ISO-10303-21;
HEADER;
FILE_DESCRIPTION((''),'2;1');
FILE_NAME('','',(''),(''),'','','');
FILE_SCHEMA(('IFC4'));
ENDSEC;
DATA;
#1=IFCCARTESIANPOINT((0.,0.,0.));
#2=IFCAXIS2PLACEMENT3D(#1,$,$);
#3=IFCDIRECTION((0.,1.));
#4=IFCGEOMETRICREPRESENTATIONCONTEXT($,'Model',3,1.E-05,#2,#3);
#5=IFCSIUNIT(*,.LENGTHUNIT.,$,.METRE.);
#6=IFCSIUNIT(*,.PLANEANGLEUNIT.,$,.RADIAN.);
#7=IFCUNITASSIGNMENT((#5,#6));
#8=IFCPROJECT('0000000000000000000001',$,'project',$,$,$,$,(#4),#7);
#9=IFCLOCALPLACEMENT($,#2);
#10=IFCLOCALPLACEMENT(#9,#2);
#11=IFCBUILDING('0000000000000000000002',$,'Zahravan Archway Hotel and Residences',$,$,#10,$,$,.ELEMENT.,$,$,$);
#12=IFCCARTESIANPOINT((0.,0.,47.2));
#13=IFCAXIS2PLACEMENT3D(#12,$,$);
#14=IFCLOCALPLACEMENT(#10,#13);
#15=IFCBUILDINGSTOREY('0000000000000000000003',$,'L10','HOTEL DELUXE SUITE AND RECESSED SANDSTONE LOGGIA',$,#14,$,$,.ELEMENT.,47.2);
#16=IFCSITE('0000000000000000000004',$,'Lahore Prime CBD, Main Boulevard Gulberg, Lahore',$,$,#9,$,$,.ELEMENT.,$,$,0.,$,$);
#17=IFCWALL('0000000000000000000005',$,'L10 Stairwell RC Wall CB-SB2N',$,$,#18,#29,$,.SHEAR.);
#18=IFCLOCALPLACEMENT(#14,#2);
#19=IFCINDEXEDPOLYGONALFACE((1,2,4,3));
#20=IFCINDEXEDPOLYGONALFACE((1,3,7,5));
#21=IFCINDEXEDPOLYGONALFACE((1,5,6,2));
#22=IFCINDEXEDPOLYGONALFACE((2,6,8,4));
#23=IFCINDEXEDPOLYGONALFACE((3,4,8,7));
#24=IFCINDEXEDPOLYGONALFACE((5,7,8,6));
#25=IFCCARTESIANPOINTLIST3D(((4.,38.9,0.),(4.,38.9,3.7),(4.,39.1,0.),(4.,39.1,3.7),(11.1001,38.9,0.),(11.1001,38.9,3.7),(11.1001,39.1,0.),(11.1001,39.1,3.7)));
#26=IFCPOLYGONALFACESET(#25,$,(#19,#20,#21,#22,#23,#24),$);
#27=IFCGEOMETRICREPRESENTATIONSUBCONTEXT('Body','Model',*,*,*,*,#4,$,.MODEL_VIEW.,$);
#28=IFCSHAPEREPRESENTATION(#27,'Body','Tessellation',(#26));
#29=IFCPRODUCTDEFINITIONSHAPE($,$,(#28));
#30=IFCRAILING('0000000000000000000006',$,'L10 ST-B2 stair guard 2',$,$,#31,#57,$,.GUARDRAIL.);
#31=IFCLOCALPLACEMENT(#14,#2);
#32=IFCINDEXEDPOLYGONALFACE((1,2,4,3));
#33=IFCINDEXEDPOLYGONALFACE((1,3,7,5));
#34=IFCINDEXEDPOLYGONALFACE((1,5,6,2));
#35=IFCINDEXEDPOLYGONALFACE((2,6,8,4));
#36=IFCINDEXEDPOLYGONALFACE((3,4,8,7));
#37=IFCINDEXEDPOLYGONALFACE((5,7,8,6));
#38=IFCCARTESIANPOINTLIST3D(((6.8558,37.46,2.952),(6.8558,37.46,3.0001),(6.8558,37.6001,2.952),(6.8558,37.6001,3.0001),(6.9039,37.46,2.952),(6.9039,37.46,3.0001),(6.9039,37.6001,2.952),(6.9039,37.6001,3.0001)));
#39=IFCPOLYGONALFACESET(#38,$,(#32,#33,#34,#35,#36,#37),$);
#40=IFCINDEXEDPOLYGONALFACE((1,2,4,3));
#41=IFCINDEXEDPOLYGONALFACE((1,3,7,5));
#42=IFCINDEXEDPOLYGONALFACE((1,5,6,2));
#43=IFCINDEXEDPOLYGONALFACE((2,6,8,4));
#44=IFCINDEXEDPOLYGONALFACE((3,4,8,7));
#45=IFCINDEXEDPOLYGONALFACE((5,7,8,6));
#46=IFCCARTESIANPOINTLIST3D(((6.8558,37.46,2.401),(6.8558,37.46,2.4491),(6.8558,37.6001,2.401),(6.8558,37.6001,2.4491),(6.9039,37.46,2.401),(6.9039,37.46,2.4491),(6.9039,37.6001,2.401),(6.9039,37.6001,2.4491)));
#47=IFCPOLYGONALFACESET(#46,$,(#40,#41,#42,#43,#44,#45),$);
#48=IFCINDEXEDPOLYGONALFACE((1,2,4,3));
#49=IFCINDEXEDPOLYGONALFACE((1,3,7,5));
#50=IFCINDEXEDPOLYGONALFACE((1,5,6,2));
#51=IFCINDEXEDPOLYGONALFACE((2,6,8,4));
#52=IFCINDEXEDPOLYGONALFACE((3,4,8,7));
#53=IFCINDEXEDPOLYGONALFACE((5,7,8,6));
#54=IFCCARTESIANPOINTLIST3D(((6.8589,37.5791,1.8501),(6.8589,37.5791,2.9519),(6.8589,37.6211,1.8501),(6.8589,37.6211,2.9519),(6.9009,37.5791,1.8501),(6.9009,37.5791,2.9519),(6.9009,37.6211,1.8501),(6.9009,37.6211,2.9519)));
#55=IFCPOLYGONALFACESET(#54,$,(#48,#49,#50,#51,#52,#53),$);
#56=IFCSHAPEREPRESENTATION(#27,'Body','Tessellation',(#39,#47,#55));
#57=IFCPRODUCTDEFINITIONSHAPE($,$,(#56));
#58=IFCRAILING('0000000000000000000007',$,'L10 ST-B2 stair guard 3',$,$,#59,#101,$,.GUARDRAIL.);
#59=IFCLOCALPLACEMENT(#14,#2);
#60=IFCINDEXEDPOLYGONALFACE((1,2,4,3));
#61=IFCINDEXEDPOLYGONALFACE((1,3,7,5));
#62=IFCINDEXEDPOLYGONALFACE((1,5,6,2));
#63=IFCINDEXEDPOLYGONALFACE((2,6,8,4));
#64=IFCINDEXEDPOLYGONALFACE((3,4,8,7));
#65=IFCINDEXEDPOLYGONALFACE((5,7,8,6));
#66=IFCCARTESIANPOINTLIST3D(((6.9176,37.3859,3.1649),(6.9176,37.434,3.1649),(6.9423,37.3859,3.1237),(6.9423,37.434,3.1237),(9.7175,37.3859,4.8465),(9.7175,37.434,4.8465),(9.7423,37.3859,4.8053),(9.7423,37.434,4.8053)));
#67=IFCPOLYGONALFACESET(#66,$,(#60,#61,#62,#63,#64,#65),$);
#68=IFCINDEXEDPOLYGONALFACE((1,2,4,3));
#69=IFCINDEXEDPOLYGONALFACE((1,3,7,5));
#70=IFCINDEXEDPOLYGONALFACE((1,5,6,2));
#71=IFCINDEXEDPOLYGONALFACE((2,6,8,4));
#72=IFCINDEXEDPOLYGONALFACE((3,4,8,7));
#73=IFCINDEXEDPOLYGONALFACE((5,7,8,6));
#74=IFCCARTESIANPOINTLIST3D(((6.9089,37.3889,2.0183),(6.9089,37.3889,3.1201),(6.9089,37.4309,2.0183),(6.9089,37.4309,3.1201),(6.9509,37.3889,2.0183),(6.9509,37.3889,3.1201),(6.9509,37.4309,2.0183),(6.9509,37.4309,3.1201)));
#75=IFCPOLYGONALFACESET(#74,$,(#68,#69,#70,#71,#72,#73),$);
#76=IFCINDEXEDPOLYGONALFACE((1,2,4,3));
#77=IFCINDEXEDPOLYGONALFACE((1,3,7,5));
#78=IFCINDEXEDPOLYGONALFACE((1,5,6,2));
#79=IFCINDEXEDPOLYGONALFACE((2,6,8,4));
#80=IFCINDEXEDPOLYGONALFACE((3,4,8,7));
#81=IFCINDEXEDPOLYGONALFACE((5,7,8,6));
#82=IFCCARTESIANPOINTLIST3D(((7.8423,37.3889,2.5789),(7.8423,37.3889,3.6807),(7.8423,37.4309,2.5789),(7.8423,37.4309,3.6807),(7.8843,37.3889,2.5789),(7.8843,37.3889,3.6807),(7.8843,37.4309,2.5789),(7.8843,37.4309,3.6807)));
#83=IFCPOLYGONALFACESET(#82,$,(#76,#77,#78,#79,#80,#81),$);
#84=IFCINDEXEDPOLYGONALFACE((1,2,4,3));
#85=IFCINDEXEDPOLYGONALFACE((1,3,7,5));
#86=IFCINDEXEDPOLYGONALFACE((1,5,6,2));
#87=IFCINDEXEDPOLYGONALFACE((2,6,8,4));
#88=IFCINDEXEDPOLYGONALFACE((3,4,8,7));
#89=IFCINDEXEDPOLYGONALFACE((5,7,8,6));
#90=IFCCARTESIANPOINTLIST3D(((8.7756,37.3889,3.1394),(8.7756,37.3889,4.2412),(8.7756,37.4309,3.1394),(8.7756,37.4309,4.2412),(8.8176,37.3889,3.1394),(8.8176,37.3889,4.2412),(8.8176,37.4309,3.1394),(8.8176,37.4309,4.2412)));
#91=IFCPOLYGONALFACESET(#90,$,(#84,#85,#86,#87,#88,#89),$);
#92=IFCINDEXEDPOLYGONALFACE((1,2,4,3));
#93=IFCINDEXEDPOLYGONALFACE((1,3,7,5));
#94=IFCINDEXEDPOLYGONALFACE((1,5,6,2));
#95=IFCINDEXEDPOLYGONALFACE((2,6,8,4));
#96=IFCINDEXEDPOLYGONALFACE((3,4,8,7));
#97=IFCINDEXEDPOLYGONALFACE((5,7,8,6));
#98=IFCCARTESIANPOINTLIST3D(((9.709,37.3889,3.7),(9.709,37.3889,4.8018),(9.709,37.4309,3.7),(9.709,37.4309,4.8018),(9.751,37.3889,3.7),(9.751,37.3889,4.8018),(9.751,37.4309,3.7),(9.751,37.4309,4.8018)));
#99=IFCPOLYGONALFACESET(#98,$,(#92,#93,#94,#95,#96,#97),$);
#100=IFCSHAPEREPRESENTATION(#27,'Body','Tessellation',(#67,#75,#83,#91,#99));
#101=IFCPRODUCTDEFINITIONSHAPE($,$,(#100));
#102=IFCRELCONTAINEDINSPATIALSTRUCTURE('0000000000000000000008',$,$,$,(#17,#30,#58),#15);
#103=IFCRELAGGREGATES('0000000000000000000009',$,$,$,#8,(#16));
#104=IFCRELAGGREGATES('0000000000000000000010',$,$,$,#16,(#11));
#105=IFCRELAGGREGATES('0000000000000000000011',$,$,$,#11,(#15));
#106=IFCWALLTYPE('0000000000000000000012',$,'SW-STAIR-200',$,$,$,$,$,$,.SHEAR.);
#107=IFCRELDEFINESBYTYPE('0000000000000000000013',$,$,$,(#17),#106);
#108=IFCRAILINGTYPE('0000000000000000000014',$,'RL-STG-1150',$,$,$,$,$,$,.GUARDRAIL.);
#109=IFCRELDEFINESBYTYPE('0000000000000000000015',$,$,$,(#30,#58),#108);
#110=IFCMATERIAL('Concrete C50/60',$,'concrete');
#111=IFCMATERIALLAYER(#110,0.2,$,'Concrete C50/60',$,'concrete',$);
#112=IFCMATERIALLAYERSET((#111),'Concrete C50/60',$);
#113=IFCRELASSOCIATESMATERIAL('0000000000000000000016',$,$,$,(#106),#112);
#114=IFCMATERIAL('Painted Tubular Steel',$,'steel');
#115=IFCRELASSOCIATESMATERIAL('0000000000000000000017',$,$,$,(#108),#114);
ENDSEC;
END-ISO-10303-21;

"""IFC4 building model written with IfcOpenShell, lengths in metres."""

from ifc_helpers import new_model, si_unit, direction, frame, frame_2d, origin, origin_2d, place, context, subcontext, project, spatial, rectangle, extrude, material, layer, layer_set, type_object, element, save


model = new_model("IFC4")

# Units and contexts
model_context = context("Model", 3, precision=1e-05, world=origin(), true_north=direction((0.0, 1.0)))
body_context = subcontext(model_context, "Body", "Model", "MODEL_VIEW")
ifc_project = project(units=[si_unit("LENGTHUNIT", "METRE"), si_unit("PLANEANGLEUNIT", "RADIAN")], contexts=[model_context])

# Site, building, storey
site_placement = place(None, origin())
site = spatial("IfcSite", under=ifc_project, at=site_placement, Name="Lahore Prime CBD, Main Boulevard Gulberg, Lahore", CompositionType="ELEMENT", RefElevation=0.0)
building_placement = place(site_placement, origin())
building = spatial("IfcBuilding", under=site, at=building_placement, Name="Zahravan Archway Hotel and Residences", CompositionType="ELEMENT")
storey_placement = place(building_placement, frame((0.0, 0.0, 47.2)))
storey = spatial("IfcBuildingStorey", under=building, at=storey_placement, Name="L10", Description="HOTEL DELUXE SUITE AND RECESSED SANDSTONE LOGGIA", CompositionType="ELEMENT", Elevation=47.2)

# Wall
ifc_material_1 = material(Name="Concrete C50/60", Category="concrete")
ifc_layer_1 = layer(ifc_material_1, 0.2, Name="Concrete C50/60", Category="concrete")
ifc_layer_set_1 = layer_set([ifc_layer_1], Name="Concrete C50/60")
wall_type_1 = type_object("IfcWallType", Name="SW-STAIR-200", PredefinedType="SHEAR", material=ifc_layer_set_1)
wall_1_placement = place(storey_placement, frame((4.0, 39.0, 0.0), z_axis=(0.0, 0.0, 1.0), x_axis=(1.0, 0.0, 0.0)))
element("IfcWall", 1, at=wall_1_placement, inside=storey, type_object=wall_type_1, Name="L10 Stairwell RC Wall CB-SB2N", PredefinedType="SHEAR", context=body_context, shape_type="SweptSolid", body=[
    extrude(rectangle(XDim=7.1001, YDim=0.2, at=frame_2d((3.55, 0.0))), origin(), (0.0, 0.0, 1.0), 3.7),
])

# Railings
ifc_material_2 = material(Name="Painted Tubular Steel", Category="steel")
railing_type_1 = type_object("IfcRailingType", Name="RL-STG-1150", PredefinedType="GUARDRAIL", material=ifc_material_2)
railing_1_placement = place(storey_placement, frame((6.8799, 37.6001, 1.8501)))
element("IfcRailing", 2, at=railing_1_placement, inside=storey, type_object=railing_type_1, Name="L10 ST-B2 stair guard 2", PredefinedType="GUARDRAIL", context=body_context, shape_type="SweptSolid", body=[
    extrude(rectangle(XDim=0.0481, YDim=0.0481, at=origin_2d()), frame((0.0, 0.0, 1.126), z_axis=(0.0, -1.0, 0.0), x_axis=(1.0, 0.0, 0.0)), (0.0, 0.0, 1.0), 0.1401),
    extrude(rectangle(XDim=0.0481, YDim=0.0481, at=origin_2d()), frame((0.0, 0.0, 0.575), z_axis=(0.0, -1.0, 0.0), x_axis=(1.0, 0.0, 0.0)), (0.0, 0.0, 1.0), 0.1401),
    extrude(rectangle(XDim=0.042, YDim=0.042, at=origin_2d()), origin(), (0.0, 0.0, 1.0), 1.1018),
])
railing_2_placement = place(storey_placement, frame((6.9299, 37.4099, 2.0183)))
element("IfcRailing", 3, at=railing_2_placement, inside=storey, type_object=railing_type_1, Name="L10 ST-B2 stair guard 3", PredefinedType="GUARDRAIL", context=body_context, shape_type="SweptSolid", body=[
    extrude(rectangle(XDim=0.0481, YDim=0.0481, at=origin_2d()), frame((0.0, 0.0, 1.126), z_axis=(0.857275, 0.0, 0.514858), x_axis=(0.0, 1.0, 0.0)), (0.0, 0.0, 1.0), 3.2661),
    extrude(rectangle(XDim=0.042, YDim=0.042, at=origin_2d()), origin(), (0.0, 0.0, 1.0), 1.1018),
    extrude(rectangle(XDim=0.042, YDim=0.042, at=origin_2d()), frame((0.9333, 0.0, 0.5605)), (0.0, 0.0, 1.0), 1.1018),
    extrude(rectangle(XDim=0.042, YDim=0.042, at=origin_2d()), frame((1.8667, 0.0, 1.1211)), (0.0, 0.0, 1.0), 1.1018),
    extrude(rectangle(XDim=0.042, YDim=0.042, at=origin_2d()), frame((2.8, 0.0, 1.6816)), (0.0, 0.0, 1.0), 1.1018),
])

save(model, "model.ifc")
